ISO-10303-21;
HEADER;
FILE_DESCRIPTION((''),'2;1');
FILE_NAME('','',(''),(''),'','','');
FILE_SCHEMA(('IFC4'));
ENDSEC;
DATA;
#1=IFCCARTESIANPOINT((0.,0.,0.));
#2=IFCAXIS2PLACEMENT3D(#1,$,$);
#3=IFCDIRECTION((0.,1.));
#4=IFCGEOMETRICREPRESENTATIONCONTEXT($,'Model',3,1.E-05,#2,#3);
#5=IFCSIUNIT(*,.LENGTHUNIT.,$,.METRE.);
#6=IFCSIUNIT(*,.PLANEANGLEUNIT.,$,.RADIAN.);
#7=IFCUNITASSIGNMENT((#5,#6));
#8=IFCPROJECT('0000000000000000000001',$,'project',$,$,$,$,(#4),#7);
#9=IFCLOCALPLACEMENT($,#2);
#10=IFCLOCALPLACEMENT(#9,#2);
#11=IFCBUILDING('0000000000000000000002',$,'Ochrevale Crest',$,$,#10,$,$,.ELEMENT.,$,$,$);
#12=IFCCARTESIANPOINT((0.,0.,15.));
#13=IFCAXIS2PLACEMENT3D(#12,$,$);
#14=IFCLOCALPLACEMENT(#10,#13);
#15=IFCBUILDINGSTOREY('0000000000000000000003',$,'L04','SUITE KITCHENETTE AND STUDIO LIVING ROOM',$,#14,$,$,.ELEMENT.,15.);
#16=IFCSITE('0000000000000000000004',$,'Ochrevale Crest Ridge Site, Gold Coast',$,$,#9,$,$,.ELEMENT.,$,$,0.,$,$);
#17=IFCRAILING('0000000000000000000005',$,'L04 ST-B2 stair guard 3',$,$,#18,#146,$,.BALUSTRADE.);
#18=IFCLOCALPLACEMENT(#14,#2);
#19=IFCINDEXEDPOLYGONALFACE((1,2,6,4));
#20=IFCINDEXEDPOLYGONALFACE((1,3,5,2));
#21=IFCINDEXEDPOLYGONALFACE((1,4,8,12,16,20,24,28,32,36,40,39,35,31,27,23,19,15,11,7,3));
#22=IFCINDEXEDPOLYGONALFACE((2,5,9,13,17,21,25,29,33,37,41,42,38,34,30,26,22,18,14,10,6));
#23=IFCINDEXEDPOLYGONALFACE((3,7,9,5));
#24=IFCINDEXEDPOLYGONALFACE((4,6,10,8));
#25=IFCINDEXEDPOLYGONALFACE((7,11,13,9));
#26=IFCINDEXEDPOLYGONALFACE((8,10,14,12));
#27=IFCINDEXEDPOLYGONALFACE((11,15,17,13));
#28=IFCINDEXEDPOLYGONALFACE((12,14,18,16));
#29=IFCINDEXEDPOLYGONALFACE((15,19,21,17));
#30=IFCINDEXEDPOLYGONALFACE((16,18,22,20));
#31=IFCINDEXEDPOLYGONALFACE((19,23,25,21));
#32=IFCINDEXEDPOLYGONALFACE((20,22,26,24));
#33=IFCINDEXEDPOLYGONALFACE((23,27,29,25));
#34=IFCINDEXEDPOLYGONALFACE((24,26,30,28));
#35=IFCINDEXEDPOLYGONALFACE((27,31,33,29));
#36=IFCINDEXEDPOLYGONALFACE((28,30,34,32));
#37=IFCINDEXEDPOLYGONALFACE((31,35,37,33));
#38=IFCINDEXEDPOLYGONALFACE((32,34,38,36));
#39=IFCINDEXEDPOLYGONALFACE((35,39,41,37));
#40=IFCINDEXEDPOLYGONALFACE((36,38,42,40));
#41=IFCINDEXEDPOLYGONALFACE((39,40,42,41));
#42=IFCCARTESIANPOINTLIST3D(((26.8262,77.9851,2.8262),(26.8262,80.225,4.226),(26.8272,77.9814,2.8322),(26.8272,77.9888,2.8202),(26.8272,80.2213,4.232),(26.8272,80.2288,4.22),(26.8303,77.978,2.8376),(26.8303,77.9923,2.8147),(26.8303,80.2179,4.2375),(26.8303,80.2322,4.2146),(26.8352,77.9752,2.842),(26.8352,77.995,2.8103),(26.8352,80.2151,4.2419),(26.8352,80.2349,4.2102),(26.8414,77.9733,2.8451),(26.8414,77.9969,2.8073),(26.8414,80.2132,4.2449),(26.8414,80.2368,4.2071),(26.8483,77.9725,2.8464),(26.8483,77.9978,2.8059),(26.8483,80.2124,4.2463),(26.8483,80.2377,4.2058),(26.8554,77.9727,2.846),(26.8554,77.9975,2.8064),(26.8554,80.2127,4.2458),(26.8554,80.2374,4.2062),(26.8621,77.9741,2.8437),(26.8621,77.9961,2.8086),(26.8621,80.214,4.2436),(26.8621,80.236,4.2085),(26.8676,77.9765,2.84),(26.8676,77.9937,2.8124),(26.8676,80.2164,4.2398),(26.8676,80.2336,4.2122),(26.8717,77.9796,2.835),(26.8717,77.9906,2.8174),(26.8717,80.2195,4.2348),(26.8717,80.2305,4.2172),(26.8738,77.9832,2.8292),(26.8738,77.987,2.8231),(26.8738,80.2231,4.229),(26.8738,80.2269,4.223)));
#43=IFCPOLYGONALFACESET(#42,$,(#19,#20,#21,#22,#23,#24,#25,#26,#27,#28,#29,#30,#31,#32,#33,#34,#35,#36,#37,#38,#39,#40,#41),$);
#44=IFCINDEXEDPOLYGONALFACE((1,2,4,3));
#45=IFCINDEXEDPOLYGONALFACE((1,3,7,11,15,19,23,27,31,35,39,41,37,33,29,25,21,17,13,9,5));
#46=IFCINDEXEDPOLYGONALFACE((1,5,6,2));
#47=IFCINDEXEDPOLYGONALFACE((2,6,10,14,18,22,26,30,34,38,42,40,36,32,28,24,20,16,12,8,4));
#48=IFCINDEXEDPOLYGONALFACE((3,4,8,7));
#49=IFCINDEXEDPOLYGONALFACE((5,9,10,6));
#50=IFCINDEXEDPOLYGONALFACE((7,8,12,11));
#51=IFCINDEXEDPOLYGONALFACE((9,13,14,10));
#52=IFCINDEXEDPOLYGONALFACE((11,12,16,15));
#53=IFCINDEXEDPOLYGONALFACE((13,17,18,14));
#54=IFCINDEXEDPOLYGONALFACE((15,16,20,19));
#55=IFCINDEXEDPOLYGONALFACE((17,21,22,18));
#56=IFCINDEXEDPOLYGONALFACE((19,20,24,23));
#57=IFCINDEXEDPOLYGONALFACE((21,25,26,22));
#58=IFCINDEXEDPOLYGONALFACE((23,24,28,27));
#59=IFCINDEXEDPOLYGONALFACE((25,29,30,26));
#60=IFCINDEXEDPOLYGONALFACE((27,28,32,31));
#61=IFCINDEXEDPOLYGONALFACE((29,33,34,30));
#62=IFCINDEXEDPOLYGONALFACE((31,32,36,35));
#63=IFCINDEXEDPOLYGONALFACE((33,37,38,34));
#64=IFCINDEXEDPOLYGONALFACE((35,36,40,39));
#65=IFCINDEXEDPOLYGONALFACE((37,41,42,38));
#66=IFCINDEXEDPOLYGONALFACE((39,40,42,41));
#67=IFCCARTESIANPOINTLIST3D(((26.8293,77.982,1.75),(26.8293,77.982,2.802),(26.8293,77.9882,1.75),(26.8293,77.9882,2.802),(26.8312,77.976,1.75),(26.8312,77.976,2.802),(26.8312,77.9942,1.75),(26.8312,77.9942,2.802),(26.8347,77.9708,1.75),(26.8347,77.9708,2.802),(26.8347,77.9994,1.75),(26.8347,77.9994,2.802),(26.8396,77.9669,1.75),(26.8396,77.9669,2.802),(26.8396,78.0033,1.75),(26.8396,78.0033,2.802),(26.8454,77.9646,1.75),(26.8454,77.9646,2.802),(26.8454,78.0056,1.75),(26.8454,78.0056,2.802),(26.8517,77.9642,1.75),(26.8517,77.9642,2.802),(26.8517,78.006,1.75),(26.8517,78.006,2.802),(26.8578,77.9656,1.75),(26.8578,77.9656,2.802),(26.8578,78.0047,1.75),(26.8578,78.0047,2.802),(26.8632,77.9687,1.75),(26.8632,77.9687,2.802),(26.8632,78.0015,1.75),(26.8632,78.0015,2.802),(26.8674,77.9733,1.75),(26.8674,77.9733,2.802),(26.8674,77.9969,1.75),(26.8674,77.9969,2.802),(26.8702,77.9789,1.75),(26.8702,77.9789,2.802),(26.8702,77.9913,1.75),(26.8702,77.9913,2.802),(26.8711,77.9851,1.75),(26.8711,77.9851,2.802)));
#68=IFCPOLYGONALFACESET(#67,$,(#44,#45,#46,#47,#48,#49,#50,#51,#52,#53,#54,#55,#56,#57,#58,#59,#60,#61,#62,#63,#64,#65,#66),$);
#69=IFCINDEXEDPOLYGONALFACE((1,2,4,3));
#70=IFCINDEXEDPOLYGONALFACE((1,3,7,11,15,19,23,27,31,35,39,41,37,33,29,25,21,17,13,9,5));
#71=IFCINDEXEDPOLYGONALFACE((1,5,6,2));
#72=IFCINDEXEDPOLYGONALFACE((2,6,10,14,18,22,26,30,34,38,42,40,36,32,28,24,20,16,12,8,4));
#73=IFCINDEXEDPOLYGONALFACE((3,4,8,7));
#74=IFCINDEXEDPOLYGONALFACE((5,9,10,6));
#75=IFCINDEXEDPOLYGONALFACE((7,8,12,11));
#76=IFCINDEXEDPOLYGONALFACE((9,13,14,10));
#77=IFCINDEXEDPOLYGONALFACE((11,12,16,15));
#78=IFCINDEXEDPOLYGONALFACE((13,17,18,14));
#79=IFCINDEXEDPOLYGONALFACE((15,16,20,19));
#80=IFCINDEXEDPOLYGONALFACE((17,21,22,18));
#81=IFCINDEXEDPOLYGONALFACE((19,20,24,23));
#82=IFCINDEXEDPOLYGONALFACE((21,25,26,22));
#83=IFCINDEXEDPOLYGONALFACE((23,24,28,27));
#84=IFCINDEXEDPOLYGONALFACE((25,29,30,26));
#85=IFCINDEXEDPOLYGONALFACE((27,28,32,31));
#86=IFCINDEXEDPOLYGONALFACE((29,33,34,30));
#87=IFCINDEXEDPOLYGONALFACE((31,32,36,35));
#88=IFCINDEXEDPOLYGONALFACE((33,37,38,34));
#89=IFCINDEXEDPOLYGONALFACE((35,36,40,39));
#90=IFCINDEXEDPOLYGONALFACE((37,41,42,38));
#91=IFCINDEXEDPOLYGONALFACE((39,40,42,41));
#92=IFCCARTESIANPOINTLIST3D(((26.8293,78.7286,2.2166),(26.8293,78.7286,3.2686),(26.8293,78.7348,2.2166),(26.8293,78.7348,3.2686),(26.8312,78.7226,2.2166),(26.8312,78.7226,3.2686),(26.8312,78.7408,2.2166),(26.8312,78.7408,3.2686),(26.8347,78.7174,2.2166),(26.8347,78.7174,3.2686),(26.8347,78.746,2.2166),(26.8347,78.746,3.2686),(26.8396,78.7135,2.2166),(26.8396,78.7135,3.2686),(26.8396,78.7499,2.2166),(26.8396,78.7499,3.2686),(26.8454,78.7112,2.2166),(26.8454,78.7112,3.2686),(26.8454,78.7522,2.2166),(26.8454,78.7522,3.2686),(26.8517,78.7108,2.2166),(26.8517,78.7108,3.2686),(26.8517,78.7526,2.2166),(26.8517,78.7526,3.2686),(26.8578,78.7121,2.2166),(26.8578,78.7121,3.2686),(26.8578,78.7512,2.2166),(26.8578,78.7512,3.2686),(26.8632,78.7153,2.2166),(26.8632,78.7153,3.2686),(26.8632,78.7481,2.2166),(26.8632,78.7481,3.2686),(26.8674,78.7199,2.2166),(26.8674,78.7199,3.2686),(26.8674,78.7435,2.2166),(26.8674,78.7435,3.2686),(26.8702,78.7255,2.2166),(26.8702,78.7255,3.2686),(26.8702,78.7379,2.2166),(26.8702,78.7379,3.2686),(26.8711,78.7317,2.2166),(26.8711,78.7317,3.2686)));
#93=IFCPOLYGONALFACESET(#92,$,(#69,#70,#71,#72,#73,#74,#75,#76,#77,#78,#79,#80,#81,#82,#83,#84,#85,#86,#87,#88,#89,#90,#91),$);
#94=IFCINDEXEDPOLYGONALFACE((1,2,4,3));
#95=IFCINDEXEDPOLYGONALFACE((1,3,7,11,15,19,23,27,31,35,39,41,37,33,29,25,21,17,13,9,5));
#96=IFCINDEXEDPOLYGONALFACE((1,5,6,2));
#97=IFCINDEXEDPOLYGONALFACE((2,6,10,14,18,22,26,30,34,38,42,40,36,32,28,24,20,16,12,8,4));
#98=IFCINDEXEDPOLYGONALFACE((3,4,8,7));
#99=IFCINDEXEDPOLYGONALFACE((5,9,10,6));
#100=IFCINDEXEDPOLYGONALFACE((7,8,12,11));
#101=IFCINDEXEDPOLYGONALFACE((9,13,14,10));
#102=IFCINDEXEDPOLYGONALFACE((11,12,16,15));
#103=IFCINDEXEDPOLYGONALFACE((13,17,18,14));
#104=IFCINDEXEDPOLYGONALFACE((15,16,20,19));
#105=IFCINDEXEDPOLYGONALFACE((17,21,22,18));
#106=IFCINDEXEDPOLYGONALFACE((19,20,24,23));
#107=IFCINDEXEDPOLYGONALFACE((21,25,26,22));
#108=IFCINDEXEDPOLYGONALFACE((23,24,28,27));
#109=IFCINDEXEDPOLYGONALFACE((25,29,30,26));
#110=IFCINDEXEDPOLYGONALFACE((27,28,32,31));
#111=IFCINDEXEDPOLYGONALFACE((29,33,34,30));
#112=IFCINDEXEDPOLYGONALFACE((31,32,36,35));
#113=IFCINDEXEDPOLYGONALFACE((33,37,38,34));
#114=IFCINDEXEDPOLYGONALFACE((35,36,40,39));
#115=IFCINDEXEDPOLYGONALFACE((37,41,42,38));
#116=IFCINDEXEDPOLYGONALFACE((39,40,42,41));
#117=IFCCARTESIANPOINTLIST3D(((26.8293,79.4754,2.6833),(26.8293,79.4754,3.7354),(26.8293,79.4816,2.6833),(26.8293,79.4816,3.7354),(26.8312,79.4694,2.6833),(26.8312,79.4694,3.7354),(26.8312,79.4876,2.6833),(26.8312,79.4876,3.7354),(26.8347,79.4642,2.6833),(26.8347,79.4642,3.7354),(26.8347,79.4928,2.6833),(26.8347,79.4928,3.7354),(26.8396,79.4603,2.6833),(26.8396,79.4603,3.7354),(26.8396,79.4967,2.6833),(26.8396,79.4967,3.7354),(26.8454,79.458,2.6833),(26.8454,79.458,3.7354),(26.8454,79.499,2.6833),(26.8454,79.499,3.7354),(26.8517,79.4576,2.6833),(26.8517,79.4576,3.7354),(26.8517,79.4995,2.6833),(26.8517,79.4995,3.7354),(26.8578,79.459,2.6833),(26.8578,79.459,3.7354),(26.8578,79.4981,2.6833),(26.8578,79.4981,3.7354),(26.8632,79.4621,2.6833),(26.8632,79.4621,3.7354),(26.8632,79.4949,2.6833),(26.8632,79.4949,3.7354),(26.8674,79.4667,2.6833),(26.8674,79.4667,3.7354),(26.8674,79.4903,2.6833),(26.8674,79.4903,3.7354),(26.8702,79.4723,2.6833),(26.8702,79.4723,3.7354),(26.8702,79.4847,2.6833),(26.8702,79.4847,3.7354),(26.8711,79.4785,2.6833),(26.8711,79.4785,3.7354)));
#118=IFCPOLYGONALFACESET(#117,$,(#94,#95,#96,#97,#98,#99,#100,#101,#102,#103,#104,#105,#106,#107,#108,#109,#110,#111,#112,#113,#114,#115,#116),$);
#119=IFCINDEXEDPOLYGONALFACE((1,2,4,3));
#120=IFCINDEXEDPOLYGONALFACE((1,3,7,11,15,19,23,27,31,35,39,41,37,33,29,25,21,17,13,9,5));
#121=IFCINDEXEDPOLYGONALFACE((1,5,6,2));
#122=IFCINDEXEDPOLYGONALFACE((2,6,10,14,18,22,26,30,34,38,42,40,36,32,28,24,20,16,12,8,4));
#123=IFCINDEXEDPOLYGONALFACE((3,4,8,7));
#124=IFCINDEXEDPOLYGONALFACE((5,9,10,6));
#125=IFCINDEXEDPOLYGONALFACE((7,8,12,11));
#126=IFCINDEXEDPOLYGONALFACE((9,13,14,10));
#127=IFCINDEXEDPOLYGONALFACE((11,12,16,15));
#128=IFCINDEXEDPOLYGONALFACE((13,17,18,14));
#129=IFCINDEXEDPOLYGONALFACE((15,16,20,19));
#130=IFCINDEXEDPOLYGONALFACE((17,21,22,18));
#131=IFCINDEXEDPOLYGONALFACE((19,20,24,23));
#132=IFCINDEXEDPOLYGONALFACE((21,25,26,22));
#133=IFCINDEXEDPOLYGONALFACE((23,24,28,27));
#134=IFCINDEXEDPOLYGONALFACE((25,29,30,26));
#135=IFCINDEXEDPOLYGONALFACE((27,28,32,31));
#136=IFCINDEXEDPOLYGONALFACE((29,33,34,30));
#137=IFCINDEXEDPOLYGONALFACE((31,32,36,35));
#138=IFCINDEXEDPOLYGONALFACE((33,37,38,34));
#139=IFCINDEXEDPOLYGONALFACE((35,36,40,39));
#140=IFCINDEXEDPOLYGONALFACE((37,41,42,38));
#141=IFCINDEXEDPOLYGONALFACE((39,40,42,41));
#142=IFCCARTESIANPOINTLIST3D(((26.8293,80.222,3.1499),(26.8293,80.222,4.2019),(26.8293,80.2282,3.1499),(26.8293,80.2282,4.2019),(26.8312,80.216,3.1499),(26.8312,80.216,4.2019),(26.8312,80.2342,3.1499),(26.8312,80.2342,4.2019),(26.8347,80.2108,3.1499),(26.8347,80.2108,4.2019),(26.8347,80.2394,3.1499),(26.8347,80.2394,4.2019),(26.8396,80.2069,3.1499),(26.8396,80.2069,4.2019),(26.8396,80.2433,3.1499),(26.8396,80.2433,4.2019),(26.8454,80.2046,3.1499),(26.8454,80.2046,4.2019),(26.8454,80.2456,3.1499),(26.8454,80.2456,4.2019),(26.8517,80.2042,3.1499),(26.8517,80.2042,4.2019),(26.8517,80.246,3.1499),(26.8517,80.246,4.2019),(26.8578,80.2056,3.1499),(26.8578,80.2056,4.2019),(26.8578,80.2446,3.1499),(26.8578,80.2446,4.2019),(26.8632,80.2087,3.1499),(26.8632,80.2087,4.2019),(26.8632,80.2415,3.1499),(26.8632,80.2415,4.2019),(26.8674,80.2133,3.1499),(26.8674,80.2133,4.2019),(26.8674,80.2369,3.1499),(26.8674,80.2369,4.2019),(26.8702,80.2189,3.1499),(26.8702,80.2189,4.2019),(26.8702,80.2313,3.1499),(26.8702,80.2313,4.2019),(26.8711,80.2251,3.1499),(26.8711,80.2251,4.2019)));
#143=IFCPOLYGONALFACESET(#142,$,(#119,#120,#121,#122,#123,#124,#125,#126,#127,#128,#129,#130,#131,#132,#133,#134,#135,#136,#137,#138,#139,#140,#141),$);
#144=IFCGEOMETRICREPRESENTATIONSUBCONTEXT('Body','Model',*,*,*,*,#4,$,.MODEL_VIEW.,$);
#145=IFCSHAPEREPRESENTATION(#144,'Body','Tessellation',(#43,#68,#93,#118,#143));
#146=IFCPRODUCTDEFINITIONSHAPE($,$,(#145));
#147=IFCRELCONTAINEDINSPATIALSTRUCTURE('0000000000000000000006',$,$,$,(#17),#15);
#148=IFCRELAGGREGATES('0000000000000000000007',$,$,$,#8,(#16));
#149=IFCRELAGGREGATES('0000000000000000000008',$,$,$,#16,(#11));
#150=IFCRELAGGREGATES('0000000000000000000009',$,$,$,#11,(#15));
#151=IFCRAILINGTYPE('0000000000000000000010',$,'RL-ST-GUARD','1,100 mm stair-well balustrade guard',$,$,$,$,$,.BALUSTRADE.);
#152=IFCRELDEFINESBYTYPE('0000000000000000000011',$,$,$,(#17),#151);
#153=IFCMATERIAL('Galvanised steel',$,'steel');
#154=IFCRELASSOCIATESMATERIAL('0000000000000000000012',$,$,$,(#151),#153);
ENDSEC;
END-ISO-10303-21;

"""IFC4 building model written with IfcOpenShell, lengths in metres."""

from ifc_helpers import new_model, si_unit, direction, frame, origin, origin_2d, place, context, subcontext, project, spatial, circle, extrude, material, type_object, element, save


model = new_model("IFC4")

# Units and contexts
model_context = context("Model", 3, precision=1e-05, world=origin(), true_north=direction((0.0, 1.0)))
body_context = subcontext(model_context, "Body", "Model", "MODEL_VIEW")
ifc_project = project(units=[si_unit("LENGTHUNIT", "METRE"), si_unit("PLANEANGLEUNIT", "RADIAN")], contexts=[model_context])

# Site, building, storey
site_placement = place(None, origin())
site = spatial("IfcSite", under=ifc_project, at=site_placement, Name="Ochrevale Crest Ridge Site, Gold Coast", CompositionType="ELEMENT", RefElevation=0.0)
building_placement = place(site_placement, origin())
building = spatial("IfcBuilding", under=site, at=building_placement, Name="Ochrevale Crest", CompositionType="ELEMENT")
storey_placement = place(building_placement, frame((0.0, 0.0, 15.0)))
storey = spatial("IfcBuildingStorey", under=building, at=storey_placement, Name="L04", Description="SUITE KITCHENETTE AND STUDIO LIVING ROOM", CompositionType="ELEMENT", Elevation=15.0)

# Railing
ifc_material_1 = material(Name="Galvanised steel", Category="steel")
railing_type_1 = type_object("IfcRailingType", Name="RL-ST-GUARD", Description="1,100 mm stair-well balustrade guard", PredefinedType="BALUSTRADE", material=ifc_material_1)
railing_1_placement = place(storey_placement, frame((26.8501, 77.9851, 1.75)))
element("IfcRailing", 1, at=railing_1_placement, inside=storey, type_object=railing_type_1, Name="L04 ST-B2 stair guard 3", PredefinedType="BALUSTRADE", context=body_context, shape_type="SweptSolid", body=[
    extrude(circle(Radius=0.0239, at=origin_2d()), frame((0.0, 0.0, 1.0762), z_axis=(0.0, 0.848014, 0.529974), x_axis=(-1.0, 0.0, 0.0)), (0.0, 0.0, 1.0), 2.6414),
    extrude(circle(Radius=0.021, at=origin_2d()), origin(), (0.0, 0.0, 1.0), 1.052),
    extrude(circle(Radius=0.021, at=origin_2d()), frame((0.0, 0.7466, 0.4666)), (0.0, 0.0, 1.0), 1.052),
    extrude(circle(Radius=0.021, at=origin_2d()), frame((0.0, 1.4934, 0.9333)), (0.0, 0.0, 1.0), 1.052),
    extrude(circle(Radius=0.021, at=origin_2d()), frame((0.0, 2.24, 1.3999)), (0.0, 0.0, 1.0), 1.052),
])

save(model, "model.ifc")
